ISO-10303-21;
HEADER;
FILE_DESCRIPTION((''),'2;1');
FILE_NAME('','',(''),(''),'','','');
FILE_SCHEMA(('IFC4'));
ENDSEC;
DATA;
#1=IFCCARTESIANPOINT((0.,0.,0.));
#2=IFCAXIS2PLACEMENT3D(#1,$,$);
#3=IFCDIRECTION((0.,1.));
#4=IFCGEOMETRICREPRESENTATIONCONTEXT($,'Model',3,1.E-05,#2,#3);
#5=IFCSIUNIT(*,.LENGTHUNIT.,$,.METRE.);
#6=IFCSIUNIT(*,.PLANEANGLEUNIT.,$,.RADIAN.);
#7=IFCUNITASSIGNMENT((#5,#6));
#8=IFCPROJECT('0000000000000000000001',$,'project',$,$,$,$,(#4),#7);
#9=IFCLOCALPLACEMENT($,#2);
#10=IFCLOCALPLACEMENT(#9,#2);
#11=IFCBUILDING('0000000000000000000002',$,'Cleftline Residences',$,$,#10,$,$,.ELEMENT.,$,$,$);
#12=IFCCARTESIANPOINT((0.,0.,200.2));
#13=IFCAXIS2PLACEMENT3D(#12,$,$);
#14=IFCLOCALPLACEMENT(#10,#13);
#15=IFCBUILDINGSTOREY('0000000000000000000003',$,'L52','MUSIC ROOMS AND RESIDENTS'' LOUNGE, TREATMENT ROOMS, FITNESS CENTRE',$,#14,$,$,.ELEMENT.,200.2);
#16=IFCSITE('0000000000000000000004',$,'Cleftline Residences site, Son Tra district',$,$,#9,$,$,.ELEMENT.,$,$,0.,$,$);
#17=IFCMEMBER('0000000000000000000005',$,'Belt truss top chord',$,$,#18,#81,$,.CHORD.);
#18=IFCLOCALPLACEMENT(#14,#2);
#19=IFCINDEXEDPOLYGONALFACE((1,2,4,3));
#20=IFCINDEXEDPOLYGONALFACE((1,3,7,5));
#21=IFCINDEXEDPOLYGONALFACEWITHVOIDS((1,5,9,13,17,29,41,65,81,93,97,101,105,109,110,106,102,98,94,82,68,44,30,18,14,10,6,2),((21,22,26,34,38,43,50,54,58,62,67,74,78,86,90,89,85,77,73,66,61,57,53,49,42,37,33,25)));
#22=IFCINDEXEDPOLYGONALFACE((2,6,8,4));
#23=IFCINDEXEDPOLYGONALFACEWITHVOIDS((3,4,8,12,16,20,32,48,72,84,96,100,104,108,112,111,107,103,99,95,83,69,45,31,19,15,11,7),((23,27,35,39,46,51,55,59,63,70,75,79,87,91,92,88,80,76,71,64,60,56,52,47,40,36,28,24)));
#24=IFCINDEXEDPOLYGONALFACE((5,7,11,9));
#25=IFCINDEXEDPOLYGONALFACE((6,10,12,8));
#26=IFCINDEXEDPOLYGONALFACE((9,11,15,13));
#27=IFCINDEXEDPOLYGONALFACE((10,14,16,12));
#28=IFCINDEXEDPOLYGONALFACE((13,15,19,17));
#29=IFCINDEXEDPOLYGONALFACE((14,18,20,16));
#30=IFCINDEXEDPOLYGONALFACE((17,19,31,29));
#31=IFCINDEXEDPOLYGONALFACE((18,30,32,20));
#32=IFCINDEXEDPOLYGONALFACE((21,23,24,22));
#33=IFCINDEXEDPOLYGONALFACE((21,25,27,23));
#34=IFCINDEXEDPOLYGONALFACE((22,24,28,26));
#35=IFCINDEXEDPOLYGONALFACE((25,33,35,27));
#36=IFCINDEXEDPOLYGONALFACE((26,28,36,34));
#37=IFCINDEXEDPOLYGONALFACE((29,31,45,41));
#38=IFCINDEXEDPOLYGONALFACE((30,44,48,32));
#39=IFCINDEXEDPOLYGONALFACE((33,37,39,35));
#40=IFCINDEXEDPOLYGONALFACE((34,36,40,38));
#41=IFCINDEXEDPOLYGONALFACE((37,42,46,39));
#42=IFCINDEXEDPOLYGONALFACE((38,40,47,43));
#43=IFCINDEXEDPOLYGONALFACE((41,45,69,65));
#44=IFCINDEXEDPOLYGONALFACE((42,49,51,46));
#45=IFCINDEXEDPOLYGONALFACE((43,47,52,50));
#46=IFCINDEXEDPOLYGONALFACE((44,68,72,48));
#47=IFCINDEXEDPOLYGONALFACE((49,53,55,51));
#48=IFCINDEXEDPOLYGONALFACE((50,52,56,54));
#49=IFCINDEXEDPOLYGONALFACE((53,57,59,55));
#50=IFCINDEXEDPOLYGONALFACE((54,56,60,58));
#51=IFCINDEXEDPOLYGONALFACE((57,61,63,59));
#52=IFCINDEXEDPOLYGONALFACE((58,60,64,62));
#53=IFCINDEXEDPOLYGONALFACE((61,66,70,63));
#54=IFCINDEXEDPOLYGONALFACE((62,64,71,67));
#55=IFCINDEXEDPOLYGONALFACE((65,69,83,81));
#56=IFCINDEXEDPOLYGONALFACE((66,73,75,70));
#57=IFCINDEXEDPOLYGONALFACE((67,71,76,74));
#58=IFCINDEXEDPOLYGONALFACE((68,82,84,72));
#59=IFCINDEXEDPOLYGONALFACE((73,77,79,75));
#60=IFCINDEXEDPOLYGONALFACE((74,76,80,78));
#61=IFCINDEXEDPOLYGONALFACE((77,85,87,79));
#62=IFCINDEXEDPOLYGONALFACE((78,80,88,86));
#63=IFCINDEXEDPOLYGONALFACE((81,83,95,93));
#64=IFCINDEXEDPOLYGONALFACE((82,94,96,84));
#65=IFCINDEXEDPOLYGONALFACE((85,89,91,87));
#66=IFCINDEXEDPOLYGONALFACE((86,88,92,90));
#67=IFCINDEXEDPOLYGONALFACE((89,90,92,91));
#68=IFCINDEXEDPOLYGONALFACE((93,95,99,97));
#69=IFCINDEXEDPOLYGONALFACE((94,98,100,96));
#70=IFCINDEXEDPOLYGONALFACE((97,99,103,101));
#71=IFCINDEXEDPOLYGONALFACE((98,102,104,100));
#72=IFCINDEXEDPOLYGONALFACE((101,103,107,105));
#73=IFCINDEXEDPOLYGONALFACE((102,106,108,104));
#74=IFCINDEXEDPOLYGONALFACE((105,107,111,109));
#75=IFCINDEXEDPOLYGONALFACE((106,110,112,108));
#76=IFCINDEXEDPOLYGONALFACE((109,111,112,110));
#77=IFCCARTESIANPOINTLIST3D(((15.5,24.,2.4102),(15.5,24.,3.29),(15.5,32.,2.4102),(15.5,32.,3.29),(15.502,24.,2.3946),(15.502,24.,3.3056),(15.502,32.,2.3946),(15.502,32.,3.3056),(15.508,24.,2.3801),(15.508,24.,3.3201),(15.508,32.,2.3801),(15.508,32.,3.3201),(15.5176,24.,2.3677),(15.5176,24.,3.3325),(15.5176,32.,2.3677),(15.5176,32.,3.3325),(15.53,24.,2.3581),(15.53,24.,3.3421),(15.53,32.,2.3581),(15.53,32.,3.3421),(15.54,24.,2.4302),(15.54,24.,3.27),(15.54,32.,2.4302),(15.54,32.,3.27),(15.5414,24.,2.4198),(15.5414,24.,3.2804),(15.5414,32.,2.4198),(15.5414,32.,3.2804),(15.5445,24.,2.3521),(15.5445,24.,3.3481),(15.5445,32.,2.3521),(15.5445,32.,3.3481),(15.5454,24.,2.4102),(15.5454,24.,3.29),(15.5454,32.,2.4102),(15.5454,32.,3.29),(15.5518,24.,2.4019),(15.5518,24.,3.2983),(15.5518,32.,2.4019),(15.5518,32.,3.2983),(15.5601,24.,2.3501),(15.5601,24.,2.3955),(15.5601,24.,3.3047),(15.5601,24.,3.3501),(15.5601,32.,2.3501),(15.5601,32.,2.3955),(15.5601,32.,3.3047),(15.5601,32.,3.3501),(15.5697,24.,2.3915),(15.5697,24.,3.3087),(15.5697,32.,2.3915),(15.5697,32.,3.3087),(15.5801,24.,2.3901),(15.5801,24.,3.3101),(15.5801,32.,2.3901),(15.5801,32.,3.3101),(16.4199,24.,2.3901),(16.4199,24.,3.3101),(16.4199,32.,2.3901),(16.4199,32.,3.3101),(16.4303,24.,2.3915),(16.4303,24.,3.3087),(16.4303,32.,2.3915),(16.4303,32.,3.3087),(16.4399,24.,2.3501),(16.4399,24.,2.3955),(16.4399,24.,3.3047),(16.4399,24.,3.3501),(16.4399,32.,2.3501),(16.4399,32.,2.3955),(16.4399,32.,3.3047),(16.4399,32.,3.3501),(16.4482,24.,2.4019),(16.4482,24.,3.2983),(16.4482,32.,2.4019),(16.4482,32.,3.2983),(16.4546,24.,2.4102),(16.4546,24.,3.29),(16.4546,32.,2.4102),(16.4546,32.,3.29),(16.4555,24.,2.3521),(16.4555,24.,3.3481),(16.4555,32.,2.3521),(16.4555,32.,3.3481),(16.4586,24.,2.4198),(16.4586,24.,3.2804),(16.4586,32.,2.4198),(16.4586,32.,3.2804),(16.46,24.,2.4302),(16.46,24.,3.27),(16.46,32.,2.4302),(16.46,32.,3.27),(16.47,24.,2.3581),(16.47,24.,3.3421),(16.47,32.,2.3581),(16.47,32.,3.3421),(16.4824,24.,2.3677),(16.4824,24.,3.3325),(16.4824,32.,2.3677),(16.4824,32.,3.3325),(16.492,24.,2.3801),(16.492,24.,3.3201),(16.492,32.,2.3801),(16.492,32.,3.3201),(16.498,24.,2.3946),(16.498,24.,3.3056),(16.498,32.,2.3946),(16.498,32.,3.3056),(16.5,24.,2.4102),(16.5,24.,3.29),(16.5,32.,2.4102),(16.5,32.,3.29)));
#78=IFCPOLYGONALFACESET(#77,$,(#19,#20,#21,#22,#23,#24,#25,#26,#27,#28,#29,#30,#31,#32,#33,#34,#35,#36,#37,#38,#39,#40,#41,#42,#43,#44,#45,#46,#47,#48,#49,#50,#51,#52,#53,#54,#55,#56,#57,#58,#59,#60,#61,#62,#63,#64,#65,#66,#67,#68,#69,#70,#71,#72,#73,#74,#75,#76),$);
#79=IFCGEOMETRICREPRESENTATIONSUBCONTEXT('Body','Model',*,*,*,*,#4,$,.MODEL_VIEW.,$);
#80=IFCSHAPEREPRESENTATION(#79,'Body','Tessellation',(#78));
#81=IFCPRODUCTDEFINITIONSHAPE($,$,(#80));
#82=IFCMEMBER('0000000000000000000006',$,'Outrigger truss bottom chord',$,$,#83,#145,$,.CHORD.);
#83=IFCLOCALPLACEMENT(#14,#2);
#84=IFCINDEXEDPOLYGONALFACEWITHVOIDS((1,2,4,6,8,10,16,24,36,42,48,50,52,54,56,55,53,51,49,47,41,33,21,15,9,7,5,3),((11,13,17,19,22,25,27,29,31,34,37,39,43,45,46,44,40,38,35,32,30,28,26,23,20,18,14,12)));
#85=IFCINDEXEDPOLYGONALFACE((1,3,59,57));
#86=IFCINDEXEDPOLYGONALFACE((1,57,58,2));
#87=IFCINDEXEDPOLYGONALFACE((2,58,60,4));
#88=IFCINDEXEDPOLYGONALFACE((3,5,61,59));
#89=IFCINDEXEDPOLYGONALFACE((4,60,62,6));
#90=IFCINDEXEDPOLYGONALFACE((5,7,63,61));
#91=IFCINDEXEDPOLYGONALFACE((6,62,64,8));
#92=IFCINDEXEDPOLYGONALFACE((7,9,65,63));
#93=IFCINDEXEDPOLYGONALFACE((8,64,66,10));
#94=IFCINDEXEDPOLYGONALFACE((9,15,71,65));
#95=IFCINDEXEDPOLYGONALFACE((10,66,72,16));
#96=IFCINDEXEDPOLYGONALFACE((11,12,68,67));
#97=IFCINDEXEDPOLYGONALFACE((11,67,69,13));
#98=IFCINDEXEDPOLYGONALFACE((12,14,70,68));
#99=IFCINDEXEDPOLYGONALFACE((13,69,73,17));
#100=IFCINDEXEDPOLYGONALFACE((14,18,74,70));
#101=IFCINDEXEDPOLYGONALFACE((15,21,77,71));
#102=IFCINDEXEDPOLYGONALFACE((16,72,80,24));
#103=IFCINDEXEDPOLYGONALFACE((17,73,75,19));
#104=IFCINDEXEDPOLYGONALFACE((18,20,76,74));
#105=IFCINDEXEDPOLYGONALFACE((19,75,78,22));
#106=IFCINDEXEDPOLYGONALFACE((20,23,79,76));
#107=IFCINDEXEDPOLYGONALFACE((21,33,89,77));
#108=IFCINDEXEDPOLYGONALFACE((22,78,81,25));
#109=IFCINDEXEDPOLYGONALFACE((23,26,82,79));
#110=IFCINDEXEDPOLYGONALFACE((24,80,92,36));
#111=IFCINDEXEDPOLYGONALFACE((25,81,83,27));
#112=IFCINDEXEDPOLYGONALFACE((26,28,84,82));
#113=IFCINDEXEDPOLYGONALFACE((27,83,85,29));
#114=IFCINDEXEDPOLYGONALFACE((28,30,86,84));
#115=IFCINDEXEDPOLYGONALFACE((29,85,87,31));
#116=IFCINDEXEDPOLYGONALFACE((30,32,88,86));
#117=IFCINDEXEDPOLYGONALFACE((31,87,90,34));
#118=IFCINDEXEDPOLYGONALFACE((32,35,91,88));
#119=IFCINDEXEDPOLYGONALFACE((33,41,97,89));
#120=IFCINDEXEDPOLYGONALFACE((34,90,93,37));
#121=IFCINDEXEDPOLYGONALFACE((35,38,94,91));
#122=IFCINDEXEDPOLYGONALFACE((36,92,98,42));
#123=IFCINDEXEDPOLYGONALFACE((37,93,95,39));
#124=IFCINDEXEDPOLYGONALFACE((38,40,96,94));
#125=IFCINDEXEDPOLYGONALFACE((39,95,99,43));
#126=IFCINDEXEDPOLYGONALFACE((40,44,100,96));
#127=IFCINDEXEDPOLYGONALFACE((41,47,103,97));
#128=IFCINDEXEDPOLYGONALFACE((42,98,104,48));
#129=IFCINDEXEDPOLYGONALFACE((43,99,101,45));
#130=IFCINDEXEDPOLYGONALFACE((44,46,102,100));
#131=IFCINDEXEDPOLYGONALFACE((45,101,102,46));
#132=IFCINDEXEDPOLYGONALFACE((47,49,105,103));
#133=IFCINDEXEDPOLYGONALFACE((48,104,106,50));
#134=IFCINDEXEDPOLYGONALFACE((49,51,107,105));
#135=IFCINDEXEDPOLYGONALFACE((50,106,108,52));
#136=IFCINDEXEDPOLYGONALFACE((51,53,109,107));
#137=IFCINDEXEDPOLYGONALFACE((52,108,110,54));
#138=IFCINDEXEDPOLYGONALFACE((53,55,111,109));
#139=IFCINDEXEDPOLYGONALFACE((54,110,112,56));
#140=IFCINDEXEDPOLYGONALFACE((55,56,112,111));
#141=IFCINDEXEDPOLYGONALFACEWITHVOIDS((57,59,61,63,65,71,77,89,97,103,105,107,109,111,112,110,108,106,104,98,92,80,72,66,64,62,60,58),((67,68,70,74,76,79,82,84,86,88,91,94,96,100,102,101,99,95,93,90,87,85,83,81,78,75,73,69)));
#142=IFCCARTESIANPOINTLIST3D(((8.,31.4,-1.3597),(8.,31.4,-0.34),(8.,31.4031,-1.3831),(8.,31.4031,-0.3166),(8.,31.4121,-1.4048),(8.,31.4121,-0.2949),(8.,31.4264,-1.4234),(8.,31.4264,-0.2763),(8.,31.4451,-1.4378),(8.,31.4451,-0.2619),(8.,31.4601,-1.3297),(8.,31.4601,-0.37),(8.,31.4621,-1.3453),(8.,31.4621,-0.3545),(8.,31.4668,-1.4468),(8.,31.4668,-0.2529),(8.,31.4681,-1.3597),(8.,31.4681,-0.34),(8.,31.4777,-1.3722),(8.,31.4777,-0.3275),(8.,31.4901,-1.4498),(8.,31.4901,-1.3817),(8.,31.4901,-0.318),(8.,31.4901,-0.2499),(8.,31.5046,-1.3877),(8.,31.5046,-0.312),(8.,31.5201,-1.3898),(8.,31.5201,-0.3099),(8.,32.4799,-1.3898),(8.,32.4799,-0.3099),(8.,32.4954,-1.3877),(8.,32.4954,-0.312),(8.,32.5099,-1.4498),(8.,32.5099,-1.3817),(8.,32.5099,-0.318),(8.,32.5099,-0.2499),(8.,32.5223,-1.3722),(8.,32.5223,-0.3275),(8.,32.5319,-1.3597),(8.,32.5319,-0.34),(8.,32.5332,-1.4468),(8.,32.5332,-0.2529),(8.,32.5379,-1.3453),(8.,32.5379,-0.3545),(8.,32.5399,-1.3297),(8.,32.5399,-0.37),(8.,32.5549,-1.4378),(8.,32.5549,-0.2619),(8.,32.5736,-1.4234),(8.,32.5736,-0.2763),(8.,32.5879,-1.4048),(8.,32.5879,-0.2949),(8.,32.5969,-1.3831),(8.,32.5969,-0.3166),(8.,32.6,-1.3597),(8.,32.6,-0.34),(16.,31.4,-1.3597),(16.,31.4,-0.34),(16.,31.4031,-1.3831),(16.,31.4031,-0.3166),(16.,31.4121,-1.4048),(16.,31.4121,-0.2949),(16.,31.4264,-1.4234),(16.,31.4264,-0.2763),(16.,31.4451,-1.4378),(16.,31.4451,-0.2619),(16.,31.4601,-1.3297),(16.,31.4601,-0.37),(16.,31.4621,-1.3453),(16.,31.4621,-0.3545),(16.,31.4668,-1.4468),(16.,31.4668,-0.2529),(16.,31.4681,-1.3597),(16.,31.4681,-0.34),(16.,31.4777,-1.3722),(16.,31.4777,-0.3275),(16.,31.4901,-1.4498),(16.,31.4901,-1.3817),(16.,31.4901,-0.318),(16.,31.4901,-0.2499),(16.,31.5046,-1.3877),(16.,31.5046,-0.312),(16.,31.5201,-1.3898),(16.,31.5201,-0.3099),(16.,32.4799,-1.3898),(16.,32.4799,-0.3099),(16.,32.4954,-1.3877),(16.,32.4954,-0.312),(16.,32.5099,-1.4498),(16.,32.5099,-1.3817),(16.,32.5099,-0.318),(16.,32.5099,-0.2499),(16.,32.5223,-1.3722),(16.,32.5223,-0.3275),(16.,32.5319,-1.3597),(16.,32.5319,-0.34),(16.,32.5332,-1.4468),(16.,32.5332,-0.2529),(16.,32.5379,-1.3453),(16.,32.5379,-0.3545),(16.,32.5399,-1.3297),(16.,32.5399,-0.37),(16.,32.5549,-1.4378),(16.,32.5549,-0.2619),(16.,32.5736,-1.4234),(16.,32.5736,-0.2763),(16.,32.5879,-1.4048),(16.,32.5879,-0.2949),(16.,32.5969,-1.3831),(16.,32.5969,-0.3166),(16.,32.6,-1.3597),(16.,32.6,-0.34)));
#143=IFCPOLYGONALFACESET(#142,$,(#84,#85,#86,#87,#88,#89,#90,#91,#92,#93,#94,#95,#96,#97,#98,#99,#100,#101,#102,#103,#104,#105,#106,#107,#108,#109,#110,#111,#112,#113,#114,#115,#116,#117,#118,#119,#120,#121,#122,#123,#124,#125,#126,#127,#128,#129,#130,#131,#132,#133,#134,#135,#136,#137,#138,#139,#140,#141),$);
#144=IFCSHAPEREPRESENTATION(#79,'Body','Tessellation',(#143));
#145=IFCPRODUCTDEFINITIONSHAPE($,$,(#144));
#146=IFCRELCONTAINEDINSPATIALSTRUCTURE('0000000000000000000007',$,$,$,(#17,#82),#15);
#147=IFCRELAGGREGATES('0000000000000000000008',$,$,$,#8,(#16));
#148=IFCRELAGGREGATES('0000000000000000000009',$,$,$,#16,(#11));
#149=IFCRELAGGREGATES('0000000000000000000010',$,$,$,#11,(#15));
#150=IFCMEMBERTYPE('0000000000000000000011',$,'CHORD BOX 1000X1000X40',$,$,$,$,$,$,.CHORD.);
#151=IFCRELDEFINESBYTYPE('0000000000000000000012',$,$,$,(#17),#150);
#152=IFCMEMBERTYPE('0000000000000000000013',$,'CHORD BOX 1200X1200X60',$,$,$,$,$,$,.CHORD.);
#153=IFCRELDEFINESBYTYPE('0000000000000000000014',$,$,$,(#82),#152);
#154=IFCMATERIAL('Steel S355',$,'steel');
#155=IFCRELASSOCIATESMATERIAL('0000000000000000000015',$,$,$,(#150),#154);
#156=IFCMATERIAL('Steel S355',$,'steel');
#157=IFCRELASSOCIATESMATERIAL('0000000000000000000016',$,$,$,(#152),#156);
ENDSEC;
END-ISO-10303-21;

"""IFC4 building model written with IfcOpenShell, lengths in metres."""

from ifc_helpers import new_model, si_unit, direction, frame, origin, origin_2d, place, context, subcontext, project, spatial, hollow_rectangle, extrude, material, material_profile, profile_set, type_object, element, save


model = new_model("IFC4")

# Units and contexts
model_context = context("Model", 3, precision=1e-05, world=origin(), true_north=direction((0.0, 1.0)))
body_context = subcontext(model_context, "Body", "Model", "MODEL_VIEW")
ifc_project = project(units=[si_unit("LENGTHUNIT", "METRE"), si_unit("PLANEANGLEUNIT", "RADIAN")], contexts=[model_context])

# Site, building, storey
site_placement = place(None, origin())
site = spatial("IfcSite", under=ifc_project, at=site_placement, Name="Cleftline Residences site, Son Tra district", CompositionType="ELEMENT", RefElevation=0.0)
building_placement = place(site_placement, origin())
building = spatial("IfcBuilding", under=site, at=building_placement, Name="Cleftline Residences", CompositionType="ELEMENT")
storey_placement = place(building_placement, frame((0.0, 0.0, 200.2)))
storey = spatial("IfcBuildingStorey", under=building, at=storey_placement, Name="L52", Description="MUSIC ROOMS AND RESIDENTS' LOUNGE, TREATMENT ROOMS, FITNESS CENTRE", CompositionType="ELEMENT", Elevation=200.2)

# Members
ifc_material_1 = material(Name="Steel S355", Category="steel")
ifc_material_profile_1 = material_profile(ifc_material_1, hollow_rectangle(XDim=1.0, YDim=1.0, WallThickness=0.04, InnerFilletRadius=0.04, OuterFilletRadius=0.0601, at=origin_2d()))
ifc_profile_set_1 = profile_set([ifc_material_profile_1], Name="Steel S355")
member_type_1 = type_object("IfcMemberType", Name="CHORD BOX 1000X1000X40", PredefinedType="CHORD", material=ifc_profile_set_1)
for number, where, z_axis, x_axis, name in (
    (1, (16.0, 24.0, 2.8501), (0.0, 1.0, 0.0), (-1.0, 0.0, 0.0), "Belt truss top chord"),
):
    element("IfcMember", number, at=place(storey_placement, frame(where, z_axis=z_axis, x_axis=x_axis)), inside=storey, type_object=member_type_1, Name=name, PredefinedType="CHORD", context=body_context, shape_type="SweptSolid", body=[
        extrude(hollow_rectangle(XDim=1.0, YDim=1.0, WallThickness=0.04, InnerFilletRadius=0.04, OuterFilletRadius=0.0601, at=origin_2d()), origin(), (0.0, 0.0, 1.0), 8.0),
    ])
ifc_material_2 = material(Name="Steel S355", Category="steel")
ifc_material_profile_2 = material_profile(ifc_material_2, hollow_rectangle(XDim=1.2, YDim=1.2, WallThickness=0.0601, InnerFilletRadius=0.0601, OuterFilletRadius=0.0901, at=origin_2d()))
ifc_profile_set_2 = profile_set([ifc_material_profile_2], Name="Steel S355")
member_type_2 = type_object("IfcMemberType", Name="CHORD BOX 1200X1200X60", PredefinedType="CHORD", material=ifc_profile_set_2)
for number, where, z_axis, x_axis, name in (
    (2, (16.0, 32.0, -0.8499), (-1.0, 0.0, 0.0), (0.0, -1.0, 0.0), "Outrigger truss bottom chord"),
):
    element("IfcMember", number, at=place(storey_placement, frame(where, z_axis=z_axis, x_axis=x_axis)), inside=storey, type_object=member_type_2, Name=name, PredefinedType="CHORD", context=body_context, shape_type="SweptSolid", body=[
        extrude(hollow_rectangle(XDim=1.2, YDim=1.2, WallThickness=0.0601, InnerFilletRadius=0.0601, OuterFilletRadius=0.0901, at=origin_2d()), origin(), (0.0, 0.0, 1.0), 8.0),
    ])

save(model, "model.ifc")
